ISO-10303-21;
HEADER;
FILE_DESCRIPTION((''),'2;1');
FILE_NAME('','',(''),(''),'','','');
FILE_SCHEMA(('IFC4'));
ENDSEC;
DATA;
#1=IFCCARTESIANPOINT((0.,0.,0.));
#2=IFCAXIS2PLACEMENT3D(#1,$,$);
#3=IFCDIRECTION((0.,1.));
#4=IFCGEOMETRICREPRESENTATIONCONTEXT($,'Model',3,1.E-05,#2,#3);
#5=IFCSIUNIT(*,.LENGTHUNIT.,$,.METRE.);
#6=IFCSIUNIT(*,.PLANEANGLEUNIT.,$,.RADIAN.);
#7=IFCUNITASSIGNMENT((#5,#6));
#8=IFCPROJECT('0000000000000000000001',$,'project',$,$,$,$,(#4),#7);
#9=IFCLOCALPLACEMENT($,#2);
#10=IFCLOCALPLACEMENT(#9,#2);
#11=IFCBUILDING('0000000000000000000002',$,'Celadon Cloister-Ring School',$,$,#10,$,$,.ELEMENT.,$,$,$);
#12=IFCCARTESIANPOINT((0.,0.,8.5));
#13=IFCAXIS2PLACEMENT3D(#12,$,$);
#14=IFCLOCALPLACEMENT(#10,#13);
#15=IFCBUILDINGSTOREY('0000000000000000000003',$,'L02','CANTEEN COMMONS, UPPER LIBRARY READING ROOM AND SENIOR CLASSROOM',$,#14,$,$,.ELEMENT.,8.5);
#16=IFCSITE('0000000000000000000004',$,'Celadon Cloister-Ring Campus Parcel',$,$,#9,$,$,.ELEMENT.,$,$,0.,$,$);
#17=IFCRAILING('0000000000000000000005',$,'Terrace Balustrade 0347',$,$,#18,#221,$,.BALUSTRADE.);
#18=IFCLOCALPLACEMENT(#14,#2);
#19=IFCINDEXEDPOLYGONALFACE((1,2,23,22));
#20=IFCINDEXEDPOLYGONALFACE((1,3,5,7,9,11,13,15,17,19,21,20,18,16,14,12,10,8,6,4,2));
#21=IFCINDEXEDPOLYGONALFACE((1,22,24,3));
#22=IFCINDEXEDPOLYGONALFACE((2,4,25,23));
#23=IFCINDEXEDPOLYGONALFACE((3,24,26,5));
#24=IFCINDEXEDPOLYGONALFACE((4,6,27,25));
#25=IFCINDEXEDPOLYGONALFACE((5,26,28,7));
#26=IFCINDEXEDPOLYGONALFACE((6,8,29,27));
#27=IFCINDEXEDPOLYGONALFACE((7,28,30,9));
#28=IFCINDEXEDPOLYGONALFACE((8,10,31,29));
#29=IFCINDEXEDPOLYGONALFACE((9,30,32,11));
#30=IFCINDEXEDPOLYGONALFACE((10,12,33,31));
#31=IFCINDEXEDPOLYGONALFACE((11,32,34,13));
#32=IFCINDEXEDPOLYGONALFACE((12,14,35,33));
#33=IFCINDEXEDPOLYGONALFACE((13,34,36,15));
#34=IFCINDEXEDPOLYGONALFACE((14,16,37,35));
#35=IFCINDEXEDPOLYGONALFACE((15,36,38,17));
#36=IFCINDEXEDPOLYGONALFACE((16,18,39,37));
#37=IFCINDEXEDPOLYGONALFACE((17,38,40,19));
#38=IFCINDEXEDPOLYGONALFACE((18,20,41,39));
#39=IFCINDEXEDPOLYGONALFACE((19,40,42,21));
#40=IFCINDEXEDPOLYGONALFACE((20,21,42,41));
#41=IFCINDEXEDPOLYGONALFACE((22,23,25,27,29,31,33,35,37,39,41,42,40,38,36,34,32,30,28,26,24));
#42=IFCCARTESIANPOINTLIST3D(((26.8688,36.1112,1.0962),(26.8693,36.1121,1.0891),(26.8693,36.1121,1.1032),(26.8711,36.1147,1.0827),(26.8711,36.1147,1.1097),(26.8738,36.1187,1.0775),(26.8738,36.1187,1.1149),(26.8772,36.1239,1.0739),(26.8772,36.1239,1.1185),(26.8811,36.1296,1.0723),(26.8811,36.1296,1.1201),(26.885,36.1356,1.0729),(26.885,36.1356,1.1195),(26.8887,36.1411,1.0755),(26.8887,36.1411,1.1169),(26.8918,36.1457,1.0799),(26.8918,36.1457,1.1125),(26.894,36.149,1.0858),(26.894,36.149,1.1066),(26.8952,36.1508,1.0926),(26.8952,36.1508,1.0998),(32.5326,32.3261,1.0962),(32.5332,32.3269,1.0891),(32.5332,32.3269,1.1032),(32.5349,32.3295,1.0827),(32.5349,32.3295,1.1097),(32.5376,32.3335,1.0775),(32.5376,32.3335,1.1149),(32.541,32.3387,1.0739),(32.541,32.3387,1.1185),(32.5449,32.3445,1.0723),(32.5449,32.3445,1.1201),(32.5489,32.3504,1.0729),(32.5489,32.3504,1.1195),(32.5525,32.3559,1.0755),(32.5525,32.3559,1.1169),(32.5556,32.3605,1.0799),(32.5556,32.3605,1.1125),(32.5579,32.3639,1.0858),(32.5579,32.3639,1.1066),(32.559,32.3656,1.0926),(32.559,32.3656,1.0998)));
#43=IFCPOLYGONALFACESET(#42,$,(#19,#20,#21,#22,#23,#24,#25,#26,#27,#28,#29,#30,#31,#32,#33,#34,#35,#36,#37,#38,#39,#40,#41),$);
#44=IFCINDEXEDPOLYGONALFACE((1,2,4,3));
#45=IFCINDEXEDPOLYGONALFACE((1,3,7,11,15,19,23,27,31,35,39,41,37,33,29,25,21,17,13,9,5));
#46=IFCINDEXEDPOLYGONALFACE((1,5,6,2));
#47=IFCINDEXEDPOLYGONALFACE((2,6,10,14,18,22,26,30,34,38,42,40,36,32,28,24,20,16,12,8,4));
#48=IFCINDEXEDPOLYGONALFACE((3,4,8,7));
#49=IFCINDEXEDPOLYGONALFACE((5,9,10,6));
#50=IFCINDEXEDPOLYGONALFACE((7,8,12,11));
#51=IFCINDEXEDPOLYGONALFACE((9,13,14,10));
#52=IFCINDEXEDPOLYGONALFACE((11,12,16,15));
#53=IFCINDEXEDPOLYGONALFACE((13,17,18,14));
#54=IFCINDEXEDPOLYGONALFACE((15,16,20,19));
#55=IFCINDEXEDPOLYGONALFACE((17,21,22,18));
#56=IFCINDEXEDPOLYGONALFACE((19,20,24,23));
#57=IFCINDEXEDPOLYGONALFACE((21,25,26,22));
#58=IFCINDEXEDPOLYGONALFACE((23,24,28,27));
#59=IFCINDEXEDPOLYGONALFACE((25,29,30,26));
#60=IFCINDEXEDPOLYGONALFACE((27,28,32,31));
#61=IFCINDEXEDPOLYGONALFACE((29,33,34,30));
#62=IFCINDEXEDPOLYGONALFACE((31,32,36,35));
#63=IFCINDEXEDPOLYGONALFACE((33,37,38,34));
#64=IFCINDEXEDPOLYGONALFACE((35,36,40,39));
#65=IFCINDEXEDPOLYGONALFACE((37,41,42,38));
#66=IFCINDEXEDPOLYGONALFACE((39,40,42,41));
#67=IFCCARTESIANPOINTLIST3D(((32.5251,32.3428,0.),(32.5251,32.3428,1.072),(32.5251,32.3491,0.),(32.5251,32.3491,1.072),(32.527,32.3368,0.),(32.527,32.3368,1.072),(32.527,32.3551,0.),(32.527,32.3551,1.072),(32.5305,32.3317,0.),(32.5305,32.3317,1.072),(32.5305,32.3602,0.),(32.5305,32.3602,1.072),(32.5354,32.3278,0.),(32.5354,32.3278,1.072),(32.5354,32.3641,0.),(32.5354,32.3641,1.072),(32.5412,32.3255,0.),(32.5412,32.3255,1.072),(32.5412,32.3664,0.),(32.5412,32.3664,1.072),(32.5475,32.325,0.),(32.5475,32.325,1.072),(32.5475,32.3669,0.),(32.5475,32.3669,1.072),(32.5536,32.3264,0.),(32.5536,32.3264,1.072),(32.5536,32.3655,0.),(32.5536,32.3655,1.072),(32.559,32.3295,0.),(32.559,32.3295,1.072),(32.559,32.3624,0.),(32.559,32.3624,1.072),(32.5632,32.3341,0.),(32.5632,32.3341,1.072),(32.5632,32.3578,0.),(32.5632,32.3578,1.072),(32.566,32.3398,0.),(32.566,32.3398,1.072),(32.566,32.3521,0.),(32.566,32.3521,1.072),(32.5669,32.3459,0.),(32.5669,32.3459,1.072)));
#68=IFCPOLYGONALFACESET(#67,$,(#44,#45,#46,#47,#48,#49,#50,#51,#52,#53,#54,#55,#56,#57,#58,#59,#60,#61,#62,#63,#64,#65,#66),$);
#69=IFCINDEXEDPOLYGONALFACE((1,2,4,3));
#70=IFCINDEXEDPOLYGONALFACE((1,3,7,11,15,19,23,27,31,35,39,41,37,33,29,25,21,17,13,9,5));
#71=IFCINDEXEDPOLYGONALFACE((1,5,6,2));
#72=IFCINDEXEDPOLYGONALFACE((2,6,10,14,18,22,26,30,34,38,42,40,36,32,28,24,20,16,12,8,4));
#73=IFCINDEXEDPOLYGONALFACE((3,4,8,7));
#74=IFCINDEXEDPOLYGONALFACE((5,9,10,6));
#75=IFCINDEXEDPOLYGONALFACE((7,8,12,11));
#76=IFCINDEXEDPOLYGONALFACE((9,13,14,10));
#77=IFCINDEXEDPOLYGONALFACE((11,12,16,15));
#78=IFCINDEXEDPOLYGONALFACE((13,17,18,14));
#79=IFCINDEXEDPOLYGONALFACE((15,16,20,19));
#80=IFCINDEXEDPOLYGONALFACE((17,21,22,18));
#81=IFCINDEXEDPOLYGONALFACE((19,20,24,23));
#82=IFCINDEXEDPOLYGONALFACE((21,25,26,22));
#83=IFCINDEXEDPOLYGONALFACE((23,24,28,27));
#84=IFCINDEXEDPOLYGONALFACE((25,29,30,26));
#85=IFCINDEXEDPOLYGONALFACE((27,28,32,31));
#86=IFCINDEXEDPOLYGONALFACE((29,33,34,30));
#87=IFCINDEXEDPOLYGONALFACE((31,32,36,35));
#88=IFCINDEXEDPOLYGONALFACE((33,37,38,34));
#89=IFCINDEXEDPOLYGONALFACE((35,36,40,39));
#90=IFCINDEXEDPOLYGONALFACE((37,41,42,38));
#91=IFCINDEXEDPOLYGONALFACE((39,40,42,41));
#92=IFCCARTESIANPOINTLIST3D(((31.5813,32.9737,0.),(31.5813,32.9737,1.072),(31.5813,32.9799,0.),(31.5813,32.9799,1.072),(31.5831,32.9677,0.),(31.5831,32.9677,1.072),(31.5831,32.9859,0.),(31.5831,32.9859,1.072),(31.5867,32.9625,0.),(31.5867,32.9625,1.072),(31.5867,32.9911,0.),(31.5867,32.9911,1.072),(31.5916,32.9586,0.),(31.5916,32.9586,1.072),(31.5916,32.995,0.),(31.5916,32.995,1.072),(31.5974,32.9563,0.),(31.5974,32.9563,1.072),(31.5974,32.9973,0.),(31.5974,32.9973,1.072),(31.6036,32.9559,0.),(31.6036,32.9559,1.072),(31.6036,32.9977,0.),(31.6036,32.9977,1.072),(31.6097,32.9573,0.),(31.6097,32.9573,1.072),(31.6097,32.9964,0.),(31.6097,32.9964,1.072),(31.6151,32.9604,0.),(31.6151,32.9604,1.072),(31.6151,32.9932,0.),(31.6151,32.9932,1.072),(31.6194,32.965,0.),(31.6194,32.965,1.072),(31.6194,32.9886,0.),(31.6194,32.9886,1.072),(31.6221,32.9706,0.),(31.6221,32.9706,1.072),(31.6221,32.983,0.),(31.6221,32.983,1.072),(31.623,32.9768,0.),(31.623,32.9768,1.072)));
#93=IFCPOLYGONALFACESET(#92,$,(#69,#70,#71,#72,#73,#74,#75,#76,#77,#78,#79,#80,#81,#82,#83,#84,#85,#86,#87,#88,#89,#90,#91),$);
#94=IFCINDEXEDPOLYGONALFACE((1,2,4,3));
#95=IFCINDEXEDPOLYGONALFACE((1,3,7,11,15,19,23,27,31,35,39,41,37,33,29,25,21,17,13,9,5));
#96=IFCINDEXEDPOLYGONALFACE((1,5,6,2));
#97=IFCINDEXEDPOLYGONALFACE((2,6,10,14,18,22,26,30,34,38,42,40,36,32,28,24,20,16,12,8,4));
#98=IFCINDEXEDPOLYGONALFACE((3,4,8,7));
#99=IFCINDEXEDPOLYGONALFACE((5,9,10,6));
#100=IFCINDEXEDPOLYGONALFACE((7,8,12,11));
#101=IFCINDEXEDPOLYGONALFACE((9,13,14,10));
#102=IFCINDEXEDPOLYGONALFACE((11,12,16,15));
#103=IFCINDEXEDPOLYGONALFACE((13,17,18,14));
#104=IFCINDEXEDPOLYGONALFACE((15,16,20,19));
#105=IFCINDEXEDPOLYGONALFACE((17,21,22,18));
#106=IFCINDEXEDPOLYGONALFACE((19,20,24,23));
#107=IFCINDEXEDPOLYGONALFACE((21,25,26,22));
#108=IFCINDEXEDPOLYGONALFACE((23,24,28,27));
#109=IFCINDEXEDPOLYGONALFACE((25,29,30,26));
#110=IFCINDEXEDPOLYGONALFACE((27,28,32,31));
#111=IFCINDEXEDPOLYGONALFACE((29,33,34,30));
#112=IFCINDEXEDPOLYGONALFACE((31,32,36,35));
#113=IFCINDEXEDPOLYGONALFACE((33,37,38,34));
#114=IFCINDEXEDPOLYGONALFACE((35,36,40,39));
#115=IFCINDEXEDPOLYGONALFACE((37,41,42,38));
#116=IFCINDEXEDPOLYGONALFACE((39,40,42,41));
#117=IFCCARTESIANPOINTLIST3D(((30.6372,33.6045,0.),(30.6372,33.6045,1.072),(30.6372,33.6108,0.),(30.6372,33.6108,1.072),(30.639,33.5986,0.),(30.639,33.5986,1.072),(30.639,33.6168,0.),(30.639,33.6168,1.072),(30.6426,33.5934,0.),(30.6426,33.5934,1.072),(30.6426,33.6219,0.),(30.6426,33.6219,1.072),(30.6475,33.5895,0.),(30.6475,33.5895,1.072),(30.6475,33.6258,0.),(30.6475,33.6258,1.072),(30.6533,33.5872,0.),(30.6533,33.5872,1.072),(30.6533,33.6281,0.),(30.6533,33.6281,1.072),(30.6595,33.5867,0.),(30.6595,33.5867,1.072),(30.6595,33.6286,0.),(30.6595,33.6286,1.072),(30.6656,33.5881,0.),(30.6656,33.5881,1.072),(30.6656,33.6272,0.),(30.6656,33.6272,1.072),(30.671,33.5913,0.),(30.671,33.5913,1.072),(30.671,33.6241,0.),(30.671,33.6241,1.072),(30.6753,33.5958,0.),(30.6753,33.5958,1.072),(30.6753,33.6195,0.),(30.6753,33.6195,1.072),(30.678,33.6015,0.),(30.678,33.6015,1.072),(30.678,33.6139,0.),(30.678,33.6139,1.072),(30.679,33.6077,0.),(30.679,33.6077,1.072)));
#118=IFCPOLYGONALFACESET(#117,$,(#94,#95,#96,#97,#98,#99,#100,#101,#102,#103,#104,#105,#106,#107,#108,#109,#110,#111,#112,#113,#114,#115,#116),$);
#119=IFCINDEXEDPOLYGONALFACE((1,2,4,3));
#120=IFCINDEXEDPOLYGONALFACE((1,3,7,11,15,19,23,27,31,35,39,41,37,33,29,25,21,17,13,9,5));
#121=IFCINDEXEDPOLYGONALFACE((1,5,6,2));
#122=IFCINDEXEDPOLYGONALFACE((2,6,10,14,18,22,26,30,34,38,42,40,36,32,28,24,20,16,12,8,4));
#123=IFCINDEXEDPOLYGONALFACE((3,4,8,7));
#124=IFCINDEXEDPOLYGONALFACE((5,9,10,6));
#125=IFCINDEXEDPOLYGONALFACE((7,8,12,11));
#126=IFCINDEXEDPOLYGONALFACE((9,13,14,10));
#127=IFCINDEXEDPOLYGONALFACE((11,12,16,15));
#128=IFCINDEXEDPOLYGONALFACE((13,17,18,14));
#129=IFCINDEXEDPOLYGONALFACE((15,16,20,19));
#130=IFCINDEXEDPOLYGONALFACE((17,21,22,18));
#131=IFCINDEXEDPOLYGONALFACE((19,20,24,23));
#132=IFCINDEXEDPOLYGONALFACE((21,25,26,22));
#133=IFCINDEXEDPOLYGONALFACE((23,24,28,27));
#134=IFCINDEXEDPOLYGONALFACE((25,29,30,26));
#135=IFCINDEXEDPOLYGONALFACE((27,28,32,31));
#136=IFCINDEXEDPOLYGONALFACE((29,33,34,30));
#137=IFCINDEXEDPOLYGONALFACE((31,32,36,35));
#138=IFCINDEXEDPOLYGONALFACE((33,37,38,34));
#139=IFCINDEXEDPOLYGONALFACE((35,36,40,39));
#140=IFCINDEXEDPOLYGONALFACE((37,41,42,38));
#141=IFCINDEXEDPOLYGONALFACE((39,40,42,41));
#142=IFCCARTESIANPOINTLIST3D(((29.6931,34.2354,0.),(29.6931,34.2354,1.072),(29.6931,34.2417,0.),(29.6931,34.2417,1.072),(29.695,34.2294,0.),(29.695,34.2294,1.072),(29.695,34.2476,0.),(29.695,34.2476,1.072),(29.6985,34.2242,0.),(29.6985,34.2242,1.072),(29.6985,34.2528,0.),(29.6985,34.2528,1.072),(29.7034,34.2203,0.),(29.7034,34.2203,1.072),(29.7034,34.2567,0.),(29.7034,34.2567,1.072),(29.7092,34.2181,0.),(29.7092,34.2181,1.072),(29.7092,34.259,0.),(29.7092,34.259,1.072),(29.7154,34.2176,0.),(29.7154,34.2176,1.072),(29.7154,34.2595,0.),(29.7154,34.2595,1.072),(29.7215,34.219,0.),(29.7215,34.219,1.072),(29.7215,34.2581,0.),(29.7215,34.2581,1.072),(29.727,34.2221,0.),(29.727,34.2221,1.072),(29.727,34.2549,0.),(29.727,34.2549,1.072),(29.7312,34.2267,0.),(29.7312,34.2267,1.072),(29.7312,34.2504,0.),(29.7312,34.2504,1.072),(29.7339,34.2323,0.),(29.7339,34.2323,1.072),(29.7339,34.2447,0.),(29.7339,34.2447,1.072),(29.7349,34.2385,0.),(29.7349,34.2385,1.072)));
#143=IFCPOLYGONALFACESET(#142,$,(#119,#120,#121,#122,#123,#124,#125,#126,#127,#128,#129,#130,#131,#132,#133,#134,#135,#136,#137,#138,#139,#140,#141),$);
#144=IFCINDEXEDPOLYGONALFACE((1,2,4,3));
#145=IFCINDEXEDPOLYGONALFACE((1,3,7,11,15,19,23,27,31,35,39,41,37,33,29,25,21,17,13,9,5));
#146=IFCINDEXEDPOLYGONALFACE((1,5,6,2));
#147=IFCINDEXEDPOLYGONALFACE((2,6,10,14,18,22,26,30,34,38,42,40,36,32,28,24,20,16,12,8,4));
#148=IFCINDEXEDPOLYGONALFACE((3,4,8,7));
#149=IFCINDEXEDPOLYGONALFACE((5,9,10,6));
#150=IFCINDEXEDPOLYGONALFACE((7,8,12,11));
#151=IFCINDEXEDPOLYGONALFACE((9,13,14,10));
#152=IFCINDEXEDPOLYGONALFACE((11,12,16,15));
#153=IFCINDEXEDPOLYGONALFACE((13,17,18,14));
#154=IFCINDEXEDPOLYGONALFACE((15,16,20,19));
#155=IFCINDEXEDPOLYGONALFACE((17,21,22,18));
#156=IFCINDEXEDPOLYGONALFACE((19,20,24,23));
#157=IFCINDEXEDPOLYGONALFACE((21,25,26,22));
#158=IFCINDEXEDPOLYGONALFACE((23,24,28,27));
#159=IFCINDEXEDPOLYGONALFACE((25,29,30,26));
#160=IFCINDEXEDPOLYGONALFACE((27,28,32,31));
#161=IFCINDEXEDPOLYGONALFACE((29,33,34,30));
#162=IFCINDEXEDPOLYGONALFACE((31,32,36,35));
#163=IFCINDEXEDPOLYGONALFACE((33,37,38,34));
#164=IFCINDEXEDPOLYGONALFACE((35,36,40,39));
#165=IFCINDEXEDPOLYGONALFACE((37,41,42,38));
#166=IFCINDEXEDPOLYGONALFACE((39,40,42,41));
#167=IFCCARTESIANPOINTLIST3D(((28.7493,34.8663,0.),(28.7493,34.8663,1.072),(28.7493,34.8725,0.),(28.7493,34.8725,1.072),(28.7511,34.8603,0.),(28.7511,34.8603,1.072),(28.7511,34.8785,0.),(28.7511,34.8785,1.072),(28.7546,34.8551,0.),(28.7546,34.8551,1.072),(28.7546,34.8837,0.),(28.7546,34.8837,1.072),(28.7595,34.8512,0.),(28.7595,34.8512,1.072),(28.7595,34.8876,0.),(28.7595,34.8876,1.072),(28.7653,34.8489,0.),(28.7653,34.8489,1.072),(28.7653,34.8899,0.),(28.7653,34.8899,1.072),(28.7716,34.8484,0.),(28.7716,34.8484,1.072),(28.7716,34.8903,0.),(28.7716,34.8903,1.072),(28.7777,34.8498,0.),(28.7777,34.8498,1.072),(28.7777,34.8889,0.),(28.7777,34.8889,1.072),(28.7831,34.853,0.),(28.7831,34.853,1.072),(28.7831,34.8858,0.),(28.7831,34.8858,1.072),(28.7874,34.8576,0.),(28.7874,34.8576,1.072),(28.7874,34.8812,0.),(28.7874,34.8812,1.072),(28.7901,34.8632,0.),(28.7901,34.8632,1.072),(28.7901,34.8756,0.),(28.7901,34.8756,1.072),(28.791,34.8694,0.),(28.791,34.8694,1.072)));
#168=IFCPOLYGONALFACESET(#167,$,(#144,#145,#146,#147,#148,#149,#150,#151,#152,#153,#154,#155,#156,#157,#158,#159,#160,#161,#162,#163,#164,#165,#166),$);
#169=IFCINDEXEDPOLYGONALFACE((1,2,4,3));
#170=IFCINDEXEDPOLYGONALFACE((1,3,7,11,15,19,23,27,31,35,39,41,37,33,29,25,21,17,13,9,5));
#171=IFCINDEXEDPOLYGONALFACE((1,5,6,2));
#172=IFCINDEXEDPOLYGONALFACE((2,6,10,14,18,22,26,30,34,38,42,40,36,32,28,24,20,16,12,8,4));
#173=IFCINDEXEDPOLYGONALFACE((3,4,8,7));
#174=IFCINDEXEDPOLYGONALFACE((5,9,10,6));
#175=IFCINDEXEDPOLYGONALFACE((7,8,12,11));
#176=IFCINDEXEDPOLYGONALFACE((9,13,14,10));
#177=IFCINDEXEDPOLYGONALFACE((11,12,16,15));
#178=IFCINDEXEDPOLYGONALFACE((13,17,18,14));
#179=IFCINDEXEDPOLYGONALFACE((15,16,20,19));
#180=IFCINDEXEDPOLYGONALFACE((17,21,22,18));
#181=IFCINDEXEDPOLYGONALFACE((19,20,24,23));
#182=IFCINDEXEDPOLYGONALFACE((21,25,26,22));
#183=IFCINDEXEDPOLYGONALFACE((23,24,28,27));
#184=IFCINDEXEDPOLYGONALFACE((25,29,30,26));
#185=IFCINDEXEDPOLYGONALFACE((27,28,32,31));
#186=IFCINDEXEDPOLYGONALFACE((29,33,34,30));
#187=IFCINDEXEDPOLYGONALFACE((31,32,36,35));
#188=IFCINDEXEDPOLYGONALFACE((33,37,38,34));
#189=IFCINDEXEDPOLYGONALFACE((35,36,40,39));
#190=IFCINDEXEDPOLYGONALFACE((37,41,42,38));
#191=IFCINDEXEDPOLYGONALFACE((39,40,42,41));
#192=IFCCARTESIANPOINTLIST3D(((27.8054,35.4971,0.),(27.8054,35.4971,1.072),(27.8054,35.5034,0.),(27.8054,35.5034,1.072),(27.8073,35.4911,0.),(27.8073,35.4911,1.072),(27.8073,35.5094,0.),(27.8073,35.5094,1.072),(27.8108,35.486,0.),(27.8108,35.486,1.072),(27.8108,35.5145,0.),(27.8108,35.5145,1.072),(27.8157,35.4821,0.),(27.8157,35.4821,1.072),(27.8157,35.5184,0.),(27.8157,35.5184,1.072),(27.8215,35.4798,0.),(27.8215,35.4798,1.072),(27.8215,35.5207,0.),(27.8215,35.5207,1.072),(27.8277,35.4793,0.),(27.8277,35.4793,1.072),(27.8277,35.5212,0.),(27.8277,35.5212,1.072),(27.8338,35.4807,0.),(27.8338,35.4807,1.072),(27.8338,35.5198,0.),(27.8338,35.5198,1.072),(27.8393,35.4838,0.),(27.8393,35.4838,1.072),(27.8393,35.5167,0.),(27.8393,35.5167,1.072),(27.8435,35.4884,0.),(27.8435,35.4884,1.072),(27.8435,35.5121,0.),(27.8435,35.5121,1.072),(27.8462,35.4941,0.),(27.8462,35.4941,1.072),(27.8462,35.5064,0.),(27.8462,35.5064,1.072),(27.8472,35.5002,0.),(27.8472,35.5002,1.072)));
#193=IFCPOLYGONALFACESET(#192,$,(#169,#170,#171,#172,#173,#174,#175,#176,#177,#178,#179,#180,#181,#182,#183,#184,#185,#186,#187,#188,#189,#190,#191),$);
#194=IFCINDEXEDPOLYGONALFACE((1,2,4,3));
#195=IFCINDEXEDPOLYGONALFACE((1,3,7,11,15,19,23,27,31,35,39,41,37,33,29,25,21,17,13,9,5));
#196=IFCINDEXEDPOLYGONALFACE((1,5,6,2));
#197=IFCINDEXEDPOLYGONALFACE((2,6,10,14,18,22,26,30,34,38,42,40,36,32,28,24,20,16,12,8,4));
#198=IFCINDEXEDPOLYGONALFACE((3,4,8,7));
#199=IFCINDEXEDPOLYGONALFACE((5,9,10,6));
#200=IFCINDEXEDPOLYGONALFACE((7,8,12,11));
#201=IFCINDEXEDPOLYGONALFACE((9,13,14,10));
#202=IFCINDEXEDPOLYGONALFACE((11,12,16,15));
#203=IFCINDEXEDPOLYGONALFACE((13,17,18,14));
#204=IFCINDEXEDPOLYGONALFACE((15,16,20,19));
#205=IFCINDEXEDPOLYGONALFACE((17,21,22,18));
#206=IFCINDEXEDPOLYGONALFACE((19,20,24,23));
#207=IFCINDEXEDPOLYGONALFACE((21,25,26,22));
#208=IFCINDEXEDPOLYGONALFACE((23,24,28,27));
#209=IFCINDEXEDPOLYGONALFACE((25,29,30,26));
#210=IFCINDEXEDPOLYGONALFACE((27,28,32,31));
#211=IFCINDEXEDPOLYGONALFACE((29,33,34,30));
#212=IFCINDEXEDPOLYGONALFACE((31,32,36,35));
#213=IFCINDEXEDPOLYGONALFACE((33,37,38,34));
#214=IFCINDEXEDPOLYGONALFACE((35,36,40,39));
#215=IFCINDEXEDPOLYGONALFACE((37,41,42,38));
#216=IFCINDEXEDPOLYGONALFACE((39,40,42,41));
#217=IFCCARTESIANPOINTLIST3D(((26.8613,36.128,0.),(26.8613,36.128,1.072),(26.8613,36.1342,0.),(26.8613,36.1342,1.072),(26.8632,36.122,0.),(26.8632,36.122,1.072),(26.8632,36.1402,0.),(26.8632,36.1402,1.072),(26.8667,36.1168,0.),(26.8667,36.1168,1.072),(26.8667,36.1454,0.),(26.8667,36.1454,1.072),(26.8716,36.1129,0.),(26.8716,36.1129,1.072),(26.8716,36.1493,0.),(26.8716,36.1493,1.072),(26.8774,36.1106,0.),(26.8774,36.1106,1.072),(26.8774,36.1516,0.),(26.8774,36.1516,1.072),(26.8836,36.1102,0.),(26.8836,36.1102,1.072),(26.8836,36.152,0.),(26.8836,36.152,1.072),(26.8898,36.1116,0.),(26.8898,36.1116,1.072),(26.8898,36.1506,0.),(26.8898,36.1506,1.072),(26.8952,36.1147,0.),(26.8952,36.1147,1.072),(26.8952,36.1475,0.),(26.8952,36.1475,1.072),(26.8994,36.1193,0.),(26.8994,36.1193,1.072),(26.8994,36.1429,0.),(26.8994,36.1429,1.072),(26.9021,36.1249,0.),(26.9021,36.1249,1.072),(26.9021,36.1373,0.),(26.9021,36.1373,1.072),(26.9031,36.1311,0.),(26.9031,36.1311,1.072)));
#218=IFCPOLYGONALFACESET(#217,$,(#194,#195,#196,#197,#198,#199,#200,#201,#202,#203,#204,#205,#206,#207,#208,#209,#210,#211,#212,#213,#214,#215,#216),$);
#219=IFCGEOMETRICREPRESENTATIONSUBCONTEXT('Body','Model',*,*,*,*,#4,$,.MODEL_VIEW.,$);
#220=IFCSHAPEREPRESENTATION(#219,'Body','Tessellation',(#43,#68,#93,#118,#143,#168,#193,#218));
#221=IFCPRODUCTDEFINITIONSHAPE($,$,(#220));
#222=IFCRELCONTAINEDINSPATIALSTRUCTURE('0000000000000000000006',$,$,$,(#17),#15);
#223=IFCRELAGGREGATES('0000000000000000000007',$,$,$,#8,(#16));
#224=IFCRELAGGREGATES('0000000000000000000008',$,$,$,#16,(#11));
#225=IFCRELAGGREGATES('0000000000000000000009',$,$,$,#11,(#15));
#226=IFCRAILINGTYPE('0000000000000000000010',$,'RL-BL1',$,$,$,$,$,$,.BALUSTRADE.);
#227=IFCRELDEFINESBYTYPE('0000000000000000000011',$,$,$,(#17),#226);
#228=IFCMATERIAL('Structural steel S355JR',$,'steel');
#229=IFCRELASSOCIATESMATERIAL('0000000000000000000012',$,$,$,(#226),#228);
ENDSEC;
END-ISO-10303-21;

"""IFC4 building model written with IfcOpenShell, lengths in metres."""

from ifc_helpers import new_model, si_unit, direction, frame, origin, origin_2d, place, context, subcontext, project, spatial, circle, extrude, material, type_object, element, save


model = new_model("IFC4")

# Units and contexts
model_context = context("Model", 3, precision=1e-05, world=origin(), true_north=direction((0.0, 1.0)))
body_context = subcontext(model_context, "Body", "Model", "MODEL_VIEW")
ifc_project = project(units=[si_unit("LENGTHUNIT", "METRE"), si_unit("PLANEANGLEUNIT", "RADIAN")], contexts=[model_context])

# Site, building, storey
site_placement = place(None, origin())
site = spatial("IfcSite", under=ifc_project, at=site_placement, Name="Celadon Cloister-Ring Campus Parcel", CompositionType="ELEMENT", RefElevation=0.0)
building_placement = place(site_placement, origin())
building = spatial("IfcBuilding", under=site, at=building_placement, Name="Celadon Cloister-Ring School", CompositionType="ELEMENT")
storey_placement = place(building_placement, frame((0.0, 0.0, 8.5)))
storey = spatial("IfcBuildingStorey", under=building, at=storey_placement, Name="L02", Description="CANTEEN COMMONS, UPPER LIBRARY READING ROOM AND SENIOR CLASSROOM", CompositionType="ELEMENT", Elevation=8.5)

# Railing
ifc_material_1 = material(Name="Structural steel S355JR", Category="steel")
railing_type = type_object("IfcRailingType", Name="RL-BL1", PredefinedType="BALUSTRADE", material=ifc_material_1)
railing_1_placement = place(storey_placement, frame((32.5459, 32.3459, 0.0)))
element("IfcRailing", 1, at=railing_1_placement, inside=storey, type_object=railing_type, Name="Terrace Balustrade 0347", PredefinedType="BALUSTRADE", context=body_context, shape_type="SweptSolid", body=[
    extrude(circle(Radius=0.0239, at=origin_2d()), frame((0.0, 0.0, 1.0962), z_axis=(-0.831421, 0.555643, 0.0), x_axis=(-0.555643, -0.831421, 0.0)), (0.0, 0.0, 1.0), 6.8123),
    extrude(circle(Radius=0.021, at=origin_2d()), origin(), (0.0, 0.0, 1.0), 1.072),
    extrude(circle(Radius=0.021, at=origin_2d()), frame((-0.9438, 0.6309, 0.0)), (0.0, 0.0, 1.0), 1.072),
    extrude(circle(Radius=0.021, at=origin_2d()), frame((-1.8879, 1.2617, 0.0)), (0.0, 0.0, 1.0), 1.072),
    extrude(circle(Radius=0.021, at=origin_2d()), frame((-2.832, 1.8926, 0.0)), (0.0, 0.0, 1.0), 1.072),
    extrude(circle(Radius=0.021, at=origin_2d()), frame((-3.7759, 2.5234, 0.0)), (0.0, 0.0, 1.0), 1.072),
    extrude(circle(Radius=0.021, at=origin_2d()), frame((-4.7197, 3.1543, 0.0)), (0.0, 0.0, 1.0), 1.072),
    extrude(circle(Radius=0.021, at=origin_2d()), frame((-5.6638, 3.7852, 0.0)), (0.0, 0.0, 1.0), 1.072),
])

save(model, "model.ifc")
